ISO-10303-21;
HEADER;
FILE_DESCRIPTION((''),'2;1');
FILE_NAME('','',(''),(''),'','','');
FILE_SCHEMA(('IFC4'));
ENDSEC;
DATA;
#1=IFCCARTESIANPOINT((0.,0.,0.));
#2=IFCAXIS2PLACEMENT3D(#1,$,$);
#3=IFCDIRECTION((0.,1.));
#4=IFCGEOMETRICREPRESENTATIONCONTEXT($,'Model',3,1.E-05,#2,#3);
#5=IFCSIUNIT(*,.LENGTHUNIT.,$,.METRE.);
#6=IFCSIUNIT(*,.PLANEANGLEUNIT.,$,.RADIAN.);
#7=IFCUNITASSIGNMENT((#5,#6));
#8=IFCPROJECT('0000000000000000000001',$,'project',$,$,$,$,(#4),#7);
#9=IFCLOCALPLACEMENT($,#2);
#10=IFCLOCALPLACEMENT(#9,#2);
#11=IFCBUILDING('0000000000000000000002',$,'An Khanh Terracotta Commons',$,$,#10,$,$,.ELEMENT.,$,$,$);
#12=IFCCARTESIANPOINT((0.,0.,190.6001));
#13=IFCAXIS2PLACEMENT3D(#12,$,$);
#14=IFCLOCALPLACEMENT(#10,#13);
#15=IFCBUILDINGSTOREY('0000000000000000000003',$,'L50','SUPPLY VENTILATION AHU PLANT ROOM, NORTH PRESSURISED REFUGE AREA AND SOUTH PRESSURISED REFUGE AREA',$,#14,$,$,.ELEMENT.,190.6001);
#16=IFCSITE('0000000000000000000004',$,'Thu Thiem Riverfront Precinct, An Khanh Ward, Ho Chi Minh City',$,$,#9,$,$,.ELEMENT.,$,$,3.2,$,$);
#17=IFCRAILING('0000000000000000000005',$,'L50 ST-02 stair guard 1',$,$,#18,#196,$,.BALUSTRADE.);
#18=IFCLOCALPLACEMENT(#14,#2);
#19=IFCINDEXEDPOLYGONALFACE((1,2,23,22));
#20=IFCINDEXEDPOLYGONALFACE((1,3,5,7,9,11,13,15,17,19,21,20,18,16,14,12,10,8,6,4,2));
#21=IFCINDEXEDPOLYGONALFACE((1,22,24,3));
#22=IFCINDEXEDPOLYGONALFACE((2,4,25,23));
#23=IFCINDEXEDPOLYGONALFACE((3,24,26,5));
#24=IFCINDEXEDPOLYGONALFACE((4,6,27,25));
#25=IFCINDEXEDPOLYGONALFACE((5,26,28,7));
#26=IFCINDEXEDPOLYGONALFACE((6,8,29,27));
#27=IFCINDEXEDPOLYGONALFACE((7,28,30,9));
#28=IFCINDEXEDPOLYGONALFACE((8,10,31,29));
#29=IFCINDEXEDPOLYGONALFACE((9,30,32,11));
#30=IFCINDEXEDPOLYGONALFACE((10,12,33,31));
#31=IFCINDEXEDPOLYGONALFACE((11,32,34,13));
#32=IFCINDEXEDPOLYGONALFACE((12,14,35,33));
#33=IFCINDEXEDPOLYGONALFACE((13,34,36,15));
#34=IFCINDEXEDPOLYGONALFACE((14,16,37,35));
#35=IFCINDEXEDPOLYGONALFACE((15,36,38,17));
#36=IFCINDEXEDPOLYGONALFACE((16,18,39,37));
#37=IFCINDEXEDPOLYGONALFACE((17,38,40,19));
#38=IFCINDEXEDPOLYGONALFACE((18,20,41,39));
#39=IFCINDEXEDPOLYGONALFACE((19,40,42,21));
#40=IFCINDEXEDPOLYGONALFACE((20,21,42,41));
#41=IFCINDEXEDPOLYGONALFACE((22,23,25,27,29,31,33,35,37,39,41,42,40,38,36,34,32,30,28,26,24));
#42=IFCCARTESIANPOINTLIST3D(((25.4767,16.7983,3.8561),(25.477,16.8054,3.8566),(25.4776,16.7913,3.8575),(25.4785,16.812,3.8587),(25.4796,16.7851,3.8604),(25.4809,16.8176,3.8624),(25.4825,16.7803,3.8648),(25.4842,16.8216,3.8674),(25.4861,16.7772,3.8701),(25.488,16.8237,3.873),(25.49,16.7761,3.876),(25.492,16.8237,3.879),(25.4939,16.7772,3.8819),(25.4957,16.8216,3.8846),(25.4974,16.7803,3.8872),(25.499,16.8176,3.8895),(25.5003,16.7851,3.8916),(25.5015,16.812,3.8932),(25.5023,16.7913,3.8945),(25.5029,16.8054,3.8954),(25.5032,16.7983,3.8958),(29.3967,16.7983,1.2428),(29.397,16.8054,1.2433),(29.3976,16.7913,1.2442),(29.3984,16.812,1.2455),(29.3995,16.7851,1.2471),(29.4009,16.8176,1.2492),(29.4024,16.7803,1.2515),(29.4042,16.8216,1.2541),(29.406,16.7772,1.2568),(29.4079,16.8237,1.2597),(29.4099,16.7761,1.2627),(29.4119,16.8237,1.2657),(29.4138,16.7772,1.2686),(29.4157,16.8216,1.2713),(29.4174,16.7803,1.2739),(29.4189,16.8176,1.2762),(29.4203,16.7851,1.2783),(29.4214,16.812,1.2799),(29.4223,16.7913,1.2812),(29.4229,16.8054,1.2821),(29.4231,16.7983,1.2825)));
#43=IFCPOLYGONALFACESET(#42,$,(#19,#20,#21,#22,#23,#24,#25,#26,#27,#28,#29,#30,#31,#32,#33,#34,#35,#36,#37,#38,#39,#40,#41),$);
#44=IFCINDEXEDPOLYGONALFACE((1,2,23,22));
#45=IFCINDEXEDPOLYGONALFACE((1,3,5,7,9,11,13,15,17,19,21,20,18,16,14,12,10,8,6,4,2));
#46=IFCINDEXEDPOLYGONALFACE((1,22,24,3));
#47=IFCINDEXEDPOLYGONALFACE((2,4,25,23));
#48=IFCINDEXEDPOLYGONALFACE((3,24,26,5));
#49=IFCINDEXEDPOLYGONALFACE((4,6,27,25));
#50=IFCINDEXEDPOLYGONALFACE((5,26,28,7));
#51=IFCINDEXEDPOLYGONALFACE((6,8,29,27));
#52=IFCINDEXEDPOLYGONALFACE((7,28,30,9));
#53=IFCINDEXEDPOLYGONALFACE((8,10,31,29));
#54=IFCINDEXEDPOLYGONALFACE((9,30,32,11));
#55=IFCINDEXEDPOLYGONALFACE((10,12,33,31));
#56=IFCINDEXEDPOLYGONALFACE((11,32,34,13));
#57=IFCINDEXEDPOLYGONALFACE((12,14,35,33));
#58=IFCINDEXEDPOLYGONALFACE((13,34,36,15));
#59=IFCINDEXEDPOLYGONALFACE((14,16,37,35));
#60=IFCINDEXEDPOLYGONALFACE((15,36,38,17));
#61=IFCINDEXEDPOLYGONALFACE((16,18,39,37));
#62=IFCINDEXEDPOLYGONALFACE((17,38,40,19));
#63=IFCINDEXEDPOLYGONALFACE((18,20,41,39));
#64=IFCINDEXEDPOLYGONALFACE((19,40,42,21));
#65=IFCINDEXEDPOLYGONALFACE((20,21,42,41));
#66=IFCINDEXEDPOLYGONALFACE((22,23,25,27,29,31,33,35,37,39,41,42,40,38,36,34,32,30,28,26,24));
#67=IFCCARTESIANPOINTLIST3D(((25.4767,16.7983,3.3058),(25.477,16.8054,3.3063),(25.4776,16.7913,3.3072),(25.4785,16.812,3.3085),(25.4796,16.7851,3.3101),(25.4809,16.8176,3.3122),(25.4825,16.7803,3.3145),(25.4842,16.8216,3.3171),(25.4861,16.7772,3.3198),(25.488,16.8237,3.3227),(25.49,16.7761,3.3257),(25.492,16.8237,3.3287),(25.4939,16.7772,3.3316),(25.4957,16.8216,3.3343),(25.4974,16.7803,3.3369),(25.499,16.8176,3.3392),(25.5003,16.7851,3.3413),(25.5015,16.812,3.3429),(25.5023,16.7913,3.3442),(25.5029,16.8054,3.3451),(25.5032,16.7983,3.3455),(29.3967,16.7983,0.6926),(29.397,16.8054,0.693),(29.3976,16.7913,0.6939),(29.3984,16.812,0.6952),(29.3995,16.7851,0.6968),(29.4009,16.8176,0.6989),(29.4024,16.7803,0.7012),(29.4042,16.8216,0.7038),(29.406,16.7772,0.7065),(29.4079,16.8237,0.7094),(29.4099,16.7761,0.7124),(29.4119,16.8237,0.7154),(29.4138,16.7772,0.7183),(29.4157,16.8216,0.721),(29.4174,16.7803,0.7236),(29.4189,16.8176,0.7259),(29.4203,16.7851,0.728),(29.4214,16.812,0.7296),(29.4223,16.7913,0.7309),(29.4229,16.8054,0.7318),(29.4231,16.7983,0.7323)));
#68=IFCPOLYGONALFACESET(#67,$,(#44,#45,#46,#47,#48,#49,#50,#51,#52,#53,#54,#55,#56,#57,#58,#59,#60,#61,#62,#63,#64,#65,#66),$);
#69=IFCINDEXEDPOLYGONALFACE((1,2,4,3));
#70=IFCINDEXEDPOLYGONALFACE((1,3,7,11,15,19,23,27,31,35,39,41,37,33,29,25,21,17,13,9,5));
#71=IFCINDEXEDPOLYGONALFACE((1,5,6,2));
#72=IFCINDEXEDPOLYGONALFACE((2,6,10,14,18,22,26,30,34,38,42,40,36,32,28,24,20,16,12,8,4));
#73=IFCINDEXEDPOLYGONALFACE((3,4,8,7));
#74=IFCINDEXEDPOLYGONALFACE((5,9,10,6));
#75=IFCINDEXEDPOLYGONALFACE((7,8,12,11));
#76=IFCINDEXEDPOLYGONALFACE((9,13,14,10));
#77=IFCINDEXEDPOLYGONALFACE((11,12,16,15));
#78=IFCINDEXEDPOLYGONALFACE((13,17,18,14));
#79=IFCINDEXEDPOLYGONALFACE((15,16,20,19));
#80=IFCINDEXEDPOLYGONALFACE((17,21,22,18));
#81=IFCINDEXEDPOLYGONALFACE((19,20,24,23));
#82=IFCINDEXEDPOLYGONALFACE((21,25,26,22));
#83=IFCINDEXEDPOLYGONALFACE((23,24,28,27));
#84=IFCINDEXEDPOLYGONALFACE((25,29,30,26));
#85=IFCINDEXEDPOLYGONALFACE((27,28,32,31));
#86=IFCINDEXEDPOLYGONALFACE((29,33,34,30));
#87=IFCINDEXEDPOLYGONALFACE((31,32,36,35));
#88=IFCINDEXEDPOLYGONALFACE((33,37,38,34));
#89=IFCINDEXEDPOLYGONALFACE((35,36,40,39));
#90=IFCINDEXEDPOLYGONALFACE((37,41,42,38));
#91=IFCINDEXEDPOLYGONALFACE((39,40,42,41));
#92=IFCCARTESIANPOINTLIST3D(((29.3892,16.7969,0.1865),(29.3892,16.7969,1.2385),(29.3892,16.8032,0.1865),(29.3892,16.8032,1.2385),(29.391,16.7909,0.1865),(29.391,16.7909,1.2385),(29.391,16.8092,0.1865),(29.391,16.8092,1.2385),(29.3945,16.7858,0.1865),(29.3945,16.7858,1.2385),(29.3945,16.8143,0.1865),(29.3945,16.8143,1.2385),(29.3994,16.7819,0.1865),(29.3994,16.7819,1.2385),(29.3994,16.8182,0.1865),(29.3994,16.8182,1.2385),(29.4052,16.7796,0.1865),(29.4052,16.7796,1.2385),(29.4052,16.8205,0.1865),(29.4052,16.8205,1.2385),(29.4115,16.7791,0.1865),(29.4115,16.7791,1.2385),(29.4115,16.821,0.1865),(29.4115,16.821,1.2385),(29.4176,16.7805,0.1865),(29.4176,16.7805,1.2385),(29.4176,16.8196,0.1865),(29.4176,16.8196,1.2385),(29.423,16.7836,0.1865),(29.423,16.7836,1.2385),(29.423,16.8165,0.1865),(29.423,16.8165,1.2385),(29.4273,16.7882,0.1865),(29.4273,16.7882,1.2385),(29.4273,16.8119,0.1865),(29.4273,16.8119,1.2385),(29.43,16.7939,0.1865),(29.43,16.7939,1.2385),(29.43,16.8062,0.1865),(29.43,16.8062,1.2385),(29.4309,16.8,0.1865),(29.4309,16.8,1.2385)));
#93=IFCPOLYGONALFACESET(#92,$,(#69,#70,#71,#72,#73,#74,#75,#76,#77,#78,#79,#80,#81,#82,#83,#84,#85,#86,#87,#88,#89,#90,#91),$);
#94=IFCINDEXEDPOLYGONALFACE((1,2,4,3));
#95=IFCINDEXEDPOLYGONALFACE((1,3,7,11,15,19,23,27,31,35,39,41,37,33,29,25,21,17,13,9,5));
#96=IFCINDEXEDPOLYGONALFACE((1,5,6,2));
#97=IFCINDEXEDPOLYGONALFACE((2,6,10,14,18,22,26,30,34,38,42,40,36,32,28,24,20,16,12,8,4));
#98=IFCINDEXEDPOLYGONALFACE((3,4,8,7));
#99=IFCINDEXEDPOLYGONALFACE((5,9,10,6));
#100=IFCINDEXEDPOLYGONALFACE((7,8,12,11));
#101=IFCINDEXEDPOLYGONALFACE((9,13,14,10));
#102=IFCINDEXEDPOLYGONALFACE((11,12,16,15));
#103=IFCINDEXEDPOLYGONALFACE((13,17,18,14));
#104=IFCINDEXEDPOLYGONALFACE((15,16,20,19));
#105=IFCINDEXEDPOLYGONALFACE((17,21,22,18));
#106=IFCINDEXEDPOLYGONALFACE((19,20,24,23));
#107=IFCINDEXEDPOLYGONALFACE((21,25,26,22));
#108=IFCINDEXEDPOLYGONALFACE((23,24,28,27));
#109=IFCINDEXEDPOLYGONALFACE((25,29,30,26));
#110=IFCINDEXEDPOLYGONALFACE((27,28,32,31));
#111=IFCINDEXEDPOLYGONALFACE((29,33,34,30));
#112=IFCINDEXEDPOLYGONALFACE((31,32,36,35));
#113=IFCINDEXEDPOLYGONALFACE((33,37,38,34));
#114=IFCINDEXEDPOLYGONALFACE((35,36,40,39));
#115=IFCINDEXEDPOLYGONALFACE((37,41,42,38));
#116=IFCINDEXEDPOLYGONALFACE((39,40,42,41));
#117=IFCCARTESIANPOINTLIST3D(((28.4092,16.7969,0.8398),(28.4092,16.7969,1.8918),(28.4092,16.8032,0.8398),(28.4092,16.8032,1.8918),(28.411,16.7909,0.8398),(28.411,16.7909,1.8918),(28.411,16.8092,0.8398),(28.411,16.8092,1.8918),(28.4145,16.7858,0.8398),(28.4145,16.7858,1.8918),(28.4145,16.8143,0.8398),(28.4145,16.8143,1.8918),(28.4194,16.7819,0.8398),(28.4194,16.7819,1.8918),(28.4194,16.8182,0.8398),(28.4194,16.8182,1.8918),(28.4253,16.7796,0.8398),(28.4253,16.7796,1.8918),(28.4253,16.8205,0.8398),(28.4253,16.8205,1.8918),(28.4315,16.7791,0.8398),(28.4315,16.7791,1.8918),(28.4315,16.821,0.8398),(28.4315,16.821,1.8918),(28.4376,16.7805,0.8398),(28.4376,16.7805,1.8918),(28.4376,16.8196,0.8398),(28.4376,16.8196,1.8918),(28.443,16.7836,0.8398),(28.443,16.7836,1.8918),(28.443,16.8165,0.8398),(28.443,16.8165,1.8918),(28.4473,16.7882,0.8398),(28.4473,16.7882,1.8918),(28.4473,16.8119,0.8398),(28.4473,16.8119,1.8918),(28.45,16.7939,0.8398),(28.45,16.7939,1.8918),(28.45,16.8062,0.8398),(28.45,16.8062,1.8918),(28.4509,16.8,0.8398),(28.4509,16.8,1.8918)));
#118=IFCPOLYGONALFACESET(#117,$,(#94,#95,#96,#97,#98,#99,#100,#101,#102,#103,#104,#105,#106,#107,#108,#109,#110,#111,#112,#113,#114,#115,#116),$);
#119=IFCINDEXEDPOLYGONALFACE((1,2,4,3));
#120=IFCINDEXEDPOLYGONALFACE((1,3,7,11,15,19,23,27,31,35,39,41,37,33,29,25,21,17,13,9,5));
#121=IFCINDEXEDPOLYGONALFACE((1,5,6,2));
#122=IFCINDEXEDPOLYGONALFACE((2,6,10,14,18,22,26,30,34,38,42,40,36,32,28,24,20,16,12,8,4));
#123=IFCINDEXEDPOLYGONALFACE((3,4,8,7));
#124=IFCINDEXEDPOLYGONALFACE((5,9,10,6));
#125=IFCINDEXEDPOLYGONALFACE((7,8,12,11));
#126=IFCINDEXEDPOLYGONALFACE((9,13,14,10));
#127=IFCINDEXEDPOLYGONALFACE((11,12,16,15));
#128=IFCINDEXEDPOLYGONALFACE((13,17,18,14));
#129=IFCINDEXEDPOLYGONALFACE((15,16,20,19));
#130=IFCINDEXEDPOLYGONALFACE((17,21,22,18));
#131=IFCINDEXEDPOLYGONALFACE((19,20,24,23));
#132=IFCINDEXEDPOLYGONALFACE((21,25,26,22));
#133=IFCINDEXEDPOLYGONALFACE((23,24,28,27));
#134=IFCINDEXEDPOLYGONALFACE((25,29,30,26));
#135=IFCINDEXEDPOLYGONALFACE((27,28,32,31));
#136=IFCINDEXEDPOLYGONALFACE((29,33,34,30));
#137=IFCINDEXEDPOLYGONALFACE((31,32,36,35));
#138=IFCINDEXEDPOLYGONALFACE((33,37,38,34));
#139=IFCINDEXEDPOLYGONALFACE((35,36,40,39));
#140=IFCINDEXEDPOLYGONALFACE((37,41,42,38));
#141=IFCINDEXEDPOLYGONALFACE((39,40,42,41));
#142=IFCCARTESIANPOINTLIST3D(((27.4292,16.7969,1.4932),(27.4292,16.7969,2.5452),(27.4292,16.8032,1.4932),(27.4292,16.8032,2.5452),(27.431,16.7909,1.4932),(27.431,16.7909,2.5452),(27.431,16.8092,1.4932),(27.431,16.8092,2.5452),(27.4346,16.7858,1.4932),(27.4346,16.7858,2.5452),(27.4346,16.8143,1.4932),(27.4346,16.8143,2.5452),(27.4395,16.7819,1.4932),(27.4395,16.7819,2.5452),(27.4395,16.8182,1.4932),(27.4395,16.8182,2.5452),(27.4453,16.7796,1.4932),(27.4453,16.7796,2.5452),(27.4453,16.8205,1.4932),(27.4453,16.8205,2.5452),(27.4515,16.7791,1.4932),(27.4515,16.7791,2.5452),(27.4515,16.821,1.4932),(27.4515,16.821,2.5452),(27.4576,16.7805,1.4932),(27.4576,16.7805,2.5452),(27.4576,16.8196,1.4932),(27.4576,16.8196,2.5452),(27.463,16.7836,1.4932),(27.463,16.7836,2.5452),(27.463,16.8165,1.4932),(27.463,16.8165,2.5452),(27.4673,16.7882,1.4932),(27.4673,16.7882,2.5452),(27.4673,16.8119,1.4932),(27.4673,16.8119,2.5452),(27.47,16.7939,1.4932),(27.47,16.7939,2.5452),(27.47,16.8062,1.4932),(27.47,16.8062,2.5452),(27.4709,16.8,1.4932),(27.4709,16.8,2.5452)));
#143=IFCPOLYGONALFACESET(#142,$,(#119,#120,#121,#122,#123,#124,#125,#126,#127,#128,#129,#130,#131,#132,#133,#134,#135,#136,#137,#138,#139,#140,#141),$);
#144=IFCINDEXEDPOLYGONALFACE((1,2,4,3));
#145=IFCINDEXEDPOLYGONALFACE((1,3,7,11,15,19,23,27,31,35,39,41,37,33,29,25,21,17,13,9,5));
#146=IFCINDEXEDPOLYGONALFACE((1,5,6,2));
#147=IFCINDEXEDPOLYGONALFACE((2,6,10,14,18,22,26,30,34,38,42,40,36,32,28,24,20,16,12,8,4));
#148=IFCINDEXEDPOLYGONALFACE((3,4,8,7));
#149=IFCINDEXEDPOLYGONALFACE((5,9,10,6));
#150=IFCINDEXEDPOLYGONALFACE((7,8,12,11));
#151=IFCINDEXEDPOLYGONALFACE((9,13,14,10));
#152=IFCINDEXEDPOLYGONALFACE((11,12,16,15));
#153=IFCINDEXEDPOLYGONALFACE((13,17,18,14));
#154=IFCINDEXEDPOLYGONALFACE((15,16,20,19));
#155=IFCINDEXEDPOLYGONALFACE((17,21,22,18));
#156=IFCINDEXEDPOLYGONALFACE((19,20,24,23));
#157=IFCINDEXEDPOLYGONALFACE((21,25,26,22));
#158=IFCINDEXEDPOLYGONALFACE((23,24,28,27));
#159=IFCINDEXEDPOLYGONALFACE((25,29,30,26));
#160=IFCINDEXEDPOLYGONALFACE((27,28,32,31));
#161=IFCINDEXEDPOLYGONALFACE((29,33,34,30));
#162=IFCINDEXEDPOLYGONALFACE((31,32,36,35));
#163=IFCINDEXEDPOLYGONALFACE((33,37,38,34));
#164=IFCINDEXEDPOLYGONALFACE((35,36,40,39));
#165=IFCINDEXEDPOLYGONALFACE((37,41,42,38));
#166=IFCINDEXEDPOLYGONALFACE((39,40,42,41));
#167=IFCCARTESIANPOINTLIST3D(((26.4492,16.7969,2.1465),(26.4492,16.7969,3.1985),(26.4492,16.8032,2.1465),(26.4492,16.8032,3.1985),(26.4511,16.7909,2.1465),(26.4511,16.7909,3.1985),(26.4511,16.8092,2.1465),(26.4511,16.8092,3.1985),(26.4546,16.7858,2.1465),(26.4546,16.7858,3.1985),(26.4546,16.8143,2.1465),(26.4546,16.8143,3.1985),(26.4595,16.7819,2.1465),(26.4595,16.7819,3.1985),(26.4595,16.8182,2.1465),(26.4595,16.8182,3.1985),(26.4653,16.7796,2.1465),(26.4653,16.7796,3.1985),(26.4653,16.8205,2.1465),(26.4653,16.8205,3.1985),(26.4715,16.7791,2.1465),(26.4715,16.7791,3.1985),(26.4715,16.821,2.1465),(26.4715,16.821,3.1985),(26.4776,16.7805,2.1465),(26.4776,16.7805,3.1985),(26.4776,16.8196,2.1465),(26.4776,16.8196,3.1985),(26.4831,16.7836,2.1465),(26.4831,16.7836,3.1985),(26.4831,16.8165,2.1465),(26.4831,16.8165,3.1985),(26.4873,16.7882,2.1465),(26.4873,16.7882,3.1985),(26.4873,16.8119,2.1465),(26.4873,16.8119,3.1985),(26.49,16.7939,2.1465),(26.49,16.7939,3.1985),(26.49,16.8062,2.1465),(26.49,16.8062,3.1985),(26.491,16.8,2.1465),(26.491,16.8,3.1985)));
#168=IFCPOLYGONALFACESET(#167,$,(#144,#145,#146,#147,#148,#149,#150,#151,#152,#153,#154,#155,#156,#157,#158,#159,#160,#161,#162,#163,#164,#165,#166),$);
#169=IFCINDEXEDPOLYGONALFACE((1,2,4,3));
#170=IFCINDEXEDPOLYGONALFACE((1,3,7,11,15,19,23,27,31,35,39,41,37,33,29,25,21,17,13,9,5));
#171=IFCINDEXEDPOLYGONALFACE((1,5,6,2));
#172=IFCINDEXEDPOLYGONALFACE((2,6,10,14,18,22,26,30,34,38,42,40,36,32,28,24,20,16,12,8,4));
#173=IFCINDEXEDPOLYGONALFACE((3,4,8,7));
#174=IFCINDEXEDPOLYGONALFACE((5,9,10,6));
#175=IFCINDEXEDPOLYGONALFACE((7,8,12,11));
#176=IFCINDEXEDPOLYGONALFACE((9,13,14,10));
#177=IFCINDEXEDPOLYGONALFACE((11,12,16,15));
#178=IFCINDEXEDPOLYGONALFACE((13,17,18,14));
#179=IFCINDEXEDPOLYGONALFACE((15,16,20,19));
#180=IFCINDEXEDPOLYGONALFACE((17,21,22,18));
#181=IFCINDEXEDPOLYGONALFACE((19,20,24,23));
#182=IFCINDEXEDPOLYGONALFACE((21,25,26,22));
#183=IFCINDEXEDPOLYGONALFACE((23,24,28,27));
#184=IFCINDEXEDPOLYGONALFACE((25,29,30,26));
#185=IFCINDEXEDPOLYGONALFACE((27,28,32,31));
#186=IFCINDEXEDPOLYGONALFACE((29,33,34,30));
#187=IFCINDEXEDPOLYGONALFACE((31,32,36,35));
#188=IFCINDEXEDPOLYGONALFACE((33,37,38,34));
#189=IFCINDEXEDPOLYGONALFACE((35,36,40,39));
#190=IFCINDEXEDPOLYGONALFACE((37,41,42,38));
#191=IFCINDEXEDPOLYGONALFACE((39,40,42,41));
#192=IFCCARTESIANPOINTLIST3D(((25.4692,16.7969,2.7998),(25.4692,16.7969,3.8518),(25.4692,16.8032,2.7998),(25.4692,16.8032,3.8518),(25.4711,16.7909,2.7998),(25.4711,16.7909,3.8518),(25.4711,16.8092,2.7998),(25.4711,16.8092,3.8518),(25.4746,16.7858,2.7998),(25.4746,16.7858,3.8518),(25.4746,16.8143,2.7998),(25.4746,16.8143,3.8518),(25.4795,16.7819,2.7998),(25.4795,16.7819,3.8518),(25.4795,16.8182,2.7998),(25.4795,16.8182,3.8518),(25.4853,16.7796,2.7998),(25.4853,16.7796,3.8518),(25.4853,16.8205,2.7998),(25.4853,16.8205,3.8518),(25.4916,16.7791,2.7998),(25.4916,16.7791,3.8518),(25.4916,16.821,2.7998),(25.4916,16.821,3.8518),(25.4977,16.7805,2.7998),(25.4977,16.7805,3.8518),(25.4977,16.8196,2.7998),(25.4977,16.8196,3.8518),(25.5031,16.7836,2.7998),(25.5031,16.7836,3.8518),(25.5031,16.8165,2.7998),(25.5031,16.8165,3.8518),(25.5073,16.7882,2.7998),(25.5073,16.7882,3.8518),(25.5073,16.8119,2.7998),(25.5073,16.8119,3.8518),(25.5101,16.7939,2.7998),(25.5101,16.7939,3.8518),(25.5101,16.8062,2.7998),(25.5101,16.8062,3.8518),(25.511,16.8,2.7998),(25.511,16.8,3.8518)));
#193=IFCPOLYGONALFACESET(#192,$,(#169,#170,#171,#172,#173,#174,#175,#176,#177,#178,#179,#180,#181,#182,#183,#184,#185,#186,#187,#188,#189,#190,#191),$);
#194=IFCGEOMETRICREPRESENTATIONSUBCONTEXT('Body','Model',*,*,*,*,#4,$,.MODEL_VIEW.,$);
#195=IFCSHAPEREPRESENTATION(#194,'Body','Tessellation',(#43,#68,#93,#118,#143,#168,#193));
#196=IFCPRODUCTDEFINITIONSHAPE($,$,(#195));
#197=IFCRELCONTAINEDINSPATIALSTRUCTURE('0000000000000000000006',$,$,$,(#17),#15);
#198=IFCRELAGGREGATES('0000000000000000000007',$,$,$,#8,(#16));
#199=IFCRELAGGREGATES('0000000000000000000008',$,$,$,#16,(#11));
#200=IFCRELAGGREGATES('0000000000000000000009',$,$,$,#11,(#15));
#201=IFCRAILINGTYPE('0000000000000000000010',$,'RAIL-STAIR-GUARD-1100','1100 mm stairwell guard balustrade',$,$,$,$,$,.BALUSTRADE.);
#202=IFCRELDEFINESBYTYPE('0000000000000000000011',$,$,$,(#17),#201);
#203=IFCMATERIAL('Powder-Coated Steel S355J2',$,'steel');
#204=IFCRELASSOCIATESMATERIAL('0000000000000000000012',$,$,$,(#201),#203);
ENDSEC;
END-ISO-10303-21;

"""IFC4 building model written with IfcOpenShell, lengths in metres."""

from ifc_helpers import new_model, si_unit, direction, frame, origin, origin_2d, place, context, subcontext, project, spatial, circle, extrude, material, type_object, element, save


model = new_model("IFC4")

# Units and contexts
model_context = context("Model", 3, precision=1e-05, world=origin(), true_north=direction((0.0, 1.0)))
body_context = subcontext(model_context, "Body", "Model", "MODEL_VIEW")
ifc_project = project(units=[si_unit("LENGTHUNIT", "METRE"), si_unit("PLANEANGLEUNIT", "RADIAN")], contexts=[model_context])

# Site, building, storey
site_placement = place(None, origin())
site = spatial("IfcSite", under=ifc_project, at=site_placement, Name="Thu Thiem Riverfront Precinct, An Khanh Ward, Ho Chi Minh City", CompositionType="ELEMENT", RefElevation=3.2)
building_placement = place(site_placement, origin())
building = spatial("IfcBuilding", under=site, at=building_placement, Name="An Khanh Terracotta Commons", CompositionType="ELEMENT")
storey_placement = place(building_placement, frame((0.0, 0.0, 190.6001)))
storey = spatial("IfcBuildingStorey", under=building, at=storey_placement, Name="L50", Description="SUPPLY VENTILATION AHU PLANT ROOM, NORTH PRESSURISED REFUGE AREA AND SOUTH PRESSURISED REFUGE AREA", CompositionType="ELEMENT", Elevation=190.6001)

# Railing
ifc_material_1 = material(Name="Powder-Coated Steel S355J2", Category="steel")
railing_type_1 = type_object("IfcRailingType", Name="RAIL-STAIR-GUARD-1100", Description="1100 mm stairwell guard balustrade", PredefinedType="BALUSTRADE", material=ifc_material_1)
railing_1_placement = place(storey_placement, frame((29.4099, 16.8, 0.1865)))
element("IfcRailing", 1, at=railing_1_placement, inside=storey, type_object=railing_type_1, Name="L50 ST-02 stair guard 1", PredefinedType="BALUSTRADE", context=body_context, shape_type="SweptSolid", body=[
    extrude(circle(Radius=0.0239, at=origin_2d()), frame((0.0, 0.0, 1.0762), z_axis=(-0.83205, 0.0, 0.5547), x_axis=(0.0, -1.0, 0.0)), (0.0, 0.0, 1.0), 4.7112),
    extrude(circle(Radius=0.0239, at=origin_2d()), frame((0.0, 0.0, 0.5259), z_axis=(-0.83205, 0.0, 0.5547), x_axis=(0.0, -1.0, 0.0)), (0.0, 0.0, 1.0), 4.7112),
    extrude(circle(Radius=0.021, at=origin_2d()), origin(), (0.0, 0.0, 1.0), 1.052),
    extrude(circle(Radius=0.021, at=origin_2d()), frame((-0.98, 0.0, 0.6533)), (0.0, 0.0, 1.0), 1.052),
    extrude(circle(Radius=0.021, at=origin_2d()), frame((-1.96, 0.0, 1.3066)), (0.0, 0.0, 1.0), 1.052),
    extrude(circle(Radius=0.021, at=origin_2d()), frame((-2.9399, 0.0, 1.96)), (0.0, 0.0, 1.0), 1.052),
    extrude(circle(Radius=0.021, at=origin_2d()), frame((-3.9199, 0.0, 2.6133)), (0.0, 0.0, 1.0), 1.052),
])

save(model, "model.ifc")
